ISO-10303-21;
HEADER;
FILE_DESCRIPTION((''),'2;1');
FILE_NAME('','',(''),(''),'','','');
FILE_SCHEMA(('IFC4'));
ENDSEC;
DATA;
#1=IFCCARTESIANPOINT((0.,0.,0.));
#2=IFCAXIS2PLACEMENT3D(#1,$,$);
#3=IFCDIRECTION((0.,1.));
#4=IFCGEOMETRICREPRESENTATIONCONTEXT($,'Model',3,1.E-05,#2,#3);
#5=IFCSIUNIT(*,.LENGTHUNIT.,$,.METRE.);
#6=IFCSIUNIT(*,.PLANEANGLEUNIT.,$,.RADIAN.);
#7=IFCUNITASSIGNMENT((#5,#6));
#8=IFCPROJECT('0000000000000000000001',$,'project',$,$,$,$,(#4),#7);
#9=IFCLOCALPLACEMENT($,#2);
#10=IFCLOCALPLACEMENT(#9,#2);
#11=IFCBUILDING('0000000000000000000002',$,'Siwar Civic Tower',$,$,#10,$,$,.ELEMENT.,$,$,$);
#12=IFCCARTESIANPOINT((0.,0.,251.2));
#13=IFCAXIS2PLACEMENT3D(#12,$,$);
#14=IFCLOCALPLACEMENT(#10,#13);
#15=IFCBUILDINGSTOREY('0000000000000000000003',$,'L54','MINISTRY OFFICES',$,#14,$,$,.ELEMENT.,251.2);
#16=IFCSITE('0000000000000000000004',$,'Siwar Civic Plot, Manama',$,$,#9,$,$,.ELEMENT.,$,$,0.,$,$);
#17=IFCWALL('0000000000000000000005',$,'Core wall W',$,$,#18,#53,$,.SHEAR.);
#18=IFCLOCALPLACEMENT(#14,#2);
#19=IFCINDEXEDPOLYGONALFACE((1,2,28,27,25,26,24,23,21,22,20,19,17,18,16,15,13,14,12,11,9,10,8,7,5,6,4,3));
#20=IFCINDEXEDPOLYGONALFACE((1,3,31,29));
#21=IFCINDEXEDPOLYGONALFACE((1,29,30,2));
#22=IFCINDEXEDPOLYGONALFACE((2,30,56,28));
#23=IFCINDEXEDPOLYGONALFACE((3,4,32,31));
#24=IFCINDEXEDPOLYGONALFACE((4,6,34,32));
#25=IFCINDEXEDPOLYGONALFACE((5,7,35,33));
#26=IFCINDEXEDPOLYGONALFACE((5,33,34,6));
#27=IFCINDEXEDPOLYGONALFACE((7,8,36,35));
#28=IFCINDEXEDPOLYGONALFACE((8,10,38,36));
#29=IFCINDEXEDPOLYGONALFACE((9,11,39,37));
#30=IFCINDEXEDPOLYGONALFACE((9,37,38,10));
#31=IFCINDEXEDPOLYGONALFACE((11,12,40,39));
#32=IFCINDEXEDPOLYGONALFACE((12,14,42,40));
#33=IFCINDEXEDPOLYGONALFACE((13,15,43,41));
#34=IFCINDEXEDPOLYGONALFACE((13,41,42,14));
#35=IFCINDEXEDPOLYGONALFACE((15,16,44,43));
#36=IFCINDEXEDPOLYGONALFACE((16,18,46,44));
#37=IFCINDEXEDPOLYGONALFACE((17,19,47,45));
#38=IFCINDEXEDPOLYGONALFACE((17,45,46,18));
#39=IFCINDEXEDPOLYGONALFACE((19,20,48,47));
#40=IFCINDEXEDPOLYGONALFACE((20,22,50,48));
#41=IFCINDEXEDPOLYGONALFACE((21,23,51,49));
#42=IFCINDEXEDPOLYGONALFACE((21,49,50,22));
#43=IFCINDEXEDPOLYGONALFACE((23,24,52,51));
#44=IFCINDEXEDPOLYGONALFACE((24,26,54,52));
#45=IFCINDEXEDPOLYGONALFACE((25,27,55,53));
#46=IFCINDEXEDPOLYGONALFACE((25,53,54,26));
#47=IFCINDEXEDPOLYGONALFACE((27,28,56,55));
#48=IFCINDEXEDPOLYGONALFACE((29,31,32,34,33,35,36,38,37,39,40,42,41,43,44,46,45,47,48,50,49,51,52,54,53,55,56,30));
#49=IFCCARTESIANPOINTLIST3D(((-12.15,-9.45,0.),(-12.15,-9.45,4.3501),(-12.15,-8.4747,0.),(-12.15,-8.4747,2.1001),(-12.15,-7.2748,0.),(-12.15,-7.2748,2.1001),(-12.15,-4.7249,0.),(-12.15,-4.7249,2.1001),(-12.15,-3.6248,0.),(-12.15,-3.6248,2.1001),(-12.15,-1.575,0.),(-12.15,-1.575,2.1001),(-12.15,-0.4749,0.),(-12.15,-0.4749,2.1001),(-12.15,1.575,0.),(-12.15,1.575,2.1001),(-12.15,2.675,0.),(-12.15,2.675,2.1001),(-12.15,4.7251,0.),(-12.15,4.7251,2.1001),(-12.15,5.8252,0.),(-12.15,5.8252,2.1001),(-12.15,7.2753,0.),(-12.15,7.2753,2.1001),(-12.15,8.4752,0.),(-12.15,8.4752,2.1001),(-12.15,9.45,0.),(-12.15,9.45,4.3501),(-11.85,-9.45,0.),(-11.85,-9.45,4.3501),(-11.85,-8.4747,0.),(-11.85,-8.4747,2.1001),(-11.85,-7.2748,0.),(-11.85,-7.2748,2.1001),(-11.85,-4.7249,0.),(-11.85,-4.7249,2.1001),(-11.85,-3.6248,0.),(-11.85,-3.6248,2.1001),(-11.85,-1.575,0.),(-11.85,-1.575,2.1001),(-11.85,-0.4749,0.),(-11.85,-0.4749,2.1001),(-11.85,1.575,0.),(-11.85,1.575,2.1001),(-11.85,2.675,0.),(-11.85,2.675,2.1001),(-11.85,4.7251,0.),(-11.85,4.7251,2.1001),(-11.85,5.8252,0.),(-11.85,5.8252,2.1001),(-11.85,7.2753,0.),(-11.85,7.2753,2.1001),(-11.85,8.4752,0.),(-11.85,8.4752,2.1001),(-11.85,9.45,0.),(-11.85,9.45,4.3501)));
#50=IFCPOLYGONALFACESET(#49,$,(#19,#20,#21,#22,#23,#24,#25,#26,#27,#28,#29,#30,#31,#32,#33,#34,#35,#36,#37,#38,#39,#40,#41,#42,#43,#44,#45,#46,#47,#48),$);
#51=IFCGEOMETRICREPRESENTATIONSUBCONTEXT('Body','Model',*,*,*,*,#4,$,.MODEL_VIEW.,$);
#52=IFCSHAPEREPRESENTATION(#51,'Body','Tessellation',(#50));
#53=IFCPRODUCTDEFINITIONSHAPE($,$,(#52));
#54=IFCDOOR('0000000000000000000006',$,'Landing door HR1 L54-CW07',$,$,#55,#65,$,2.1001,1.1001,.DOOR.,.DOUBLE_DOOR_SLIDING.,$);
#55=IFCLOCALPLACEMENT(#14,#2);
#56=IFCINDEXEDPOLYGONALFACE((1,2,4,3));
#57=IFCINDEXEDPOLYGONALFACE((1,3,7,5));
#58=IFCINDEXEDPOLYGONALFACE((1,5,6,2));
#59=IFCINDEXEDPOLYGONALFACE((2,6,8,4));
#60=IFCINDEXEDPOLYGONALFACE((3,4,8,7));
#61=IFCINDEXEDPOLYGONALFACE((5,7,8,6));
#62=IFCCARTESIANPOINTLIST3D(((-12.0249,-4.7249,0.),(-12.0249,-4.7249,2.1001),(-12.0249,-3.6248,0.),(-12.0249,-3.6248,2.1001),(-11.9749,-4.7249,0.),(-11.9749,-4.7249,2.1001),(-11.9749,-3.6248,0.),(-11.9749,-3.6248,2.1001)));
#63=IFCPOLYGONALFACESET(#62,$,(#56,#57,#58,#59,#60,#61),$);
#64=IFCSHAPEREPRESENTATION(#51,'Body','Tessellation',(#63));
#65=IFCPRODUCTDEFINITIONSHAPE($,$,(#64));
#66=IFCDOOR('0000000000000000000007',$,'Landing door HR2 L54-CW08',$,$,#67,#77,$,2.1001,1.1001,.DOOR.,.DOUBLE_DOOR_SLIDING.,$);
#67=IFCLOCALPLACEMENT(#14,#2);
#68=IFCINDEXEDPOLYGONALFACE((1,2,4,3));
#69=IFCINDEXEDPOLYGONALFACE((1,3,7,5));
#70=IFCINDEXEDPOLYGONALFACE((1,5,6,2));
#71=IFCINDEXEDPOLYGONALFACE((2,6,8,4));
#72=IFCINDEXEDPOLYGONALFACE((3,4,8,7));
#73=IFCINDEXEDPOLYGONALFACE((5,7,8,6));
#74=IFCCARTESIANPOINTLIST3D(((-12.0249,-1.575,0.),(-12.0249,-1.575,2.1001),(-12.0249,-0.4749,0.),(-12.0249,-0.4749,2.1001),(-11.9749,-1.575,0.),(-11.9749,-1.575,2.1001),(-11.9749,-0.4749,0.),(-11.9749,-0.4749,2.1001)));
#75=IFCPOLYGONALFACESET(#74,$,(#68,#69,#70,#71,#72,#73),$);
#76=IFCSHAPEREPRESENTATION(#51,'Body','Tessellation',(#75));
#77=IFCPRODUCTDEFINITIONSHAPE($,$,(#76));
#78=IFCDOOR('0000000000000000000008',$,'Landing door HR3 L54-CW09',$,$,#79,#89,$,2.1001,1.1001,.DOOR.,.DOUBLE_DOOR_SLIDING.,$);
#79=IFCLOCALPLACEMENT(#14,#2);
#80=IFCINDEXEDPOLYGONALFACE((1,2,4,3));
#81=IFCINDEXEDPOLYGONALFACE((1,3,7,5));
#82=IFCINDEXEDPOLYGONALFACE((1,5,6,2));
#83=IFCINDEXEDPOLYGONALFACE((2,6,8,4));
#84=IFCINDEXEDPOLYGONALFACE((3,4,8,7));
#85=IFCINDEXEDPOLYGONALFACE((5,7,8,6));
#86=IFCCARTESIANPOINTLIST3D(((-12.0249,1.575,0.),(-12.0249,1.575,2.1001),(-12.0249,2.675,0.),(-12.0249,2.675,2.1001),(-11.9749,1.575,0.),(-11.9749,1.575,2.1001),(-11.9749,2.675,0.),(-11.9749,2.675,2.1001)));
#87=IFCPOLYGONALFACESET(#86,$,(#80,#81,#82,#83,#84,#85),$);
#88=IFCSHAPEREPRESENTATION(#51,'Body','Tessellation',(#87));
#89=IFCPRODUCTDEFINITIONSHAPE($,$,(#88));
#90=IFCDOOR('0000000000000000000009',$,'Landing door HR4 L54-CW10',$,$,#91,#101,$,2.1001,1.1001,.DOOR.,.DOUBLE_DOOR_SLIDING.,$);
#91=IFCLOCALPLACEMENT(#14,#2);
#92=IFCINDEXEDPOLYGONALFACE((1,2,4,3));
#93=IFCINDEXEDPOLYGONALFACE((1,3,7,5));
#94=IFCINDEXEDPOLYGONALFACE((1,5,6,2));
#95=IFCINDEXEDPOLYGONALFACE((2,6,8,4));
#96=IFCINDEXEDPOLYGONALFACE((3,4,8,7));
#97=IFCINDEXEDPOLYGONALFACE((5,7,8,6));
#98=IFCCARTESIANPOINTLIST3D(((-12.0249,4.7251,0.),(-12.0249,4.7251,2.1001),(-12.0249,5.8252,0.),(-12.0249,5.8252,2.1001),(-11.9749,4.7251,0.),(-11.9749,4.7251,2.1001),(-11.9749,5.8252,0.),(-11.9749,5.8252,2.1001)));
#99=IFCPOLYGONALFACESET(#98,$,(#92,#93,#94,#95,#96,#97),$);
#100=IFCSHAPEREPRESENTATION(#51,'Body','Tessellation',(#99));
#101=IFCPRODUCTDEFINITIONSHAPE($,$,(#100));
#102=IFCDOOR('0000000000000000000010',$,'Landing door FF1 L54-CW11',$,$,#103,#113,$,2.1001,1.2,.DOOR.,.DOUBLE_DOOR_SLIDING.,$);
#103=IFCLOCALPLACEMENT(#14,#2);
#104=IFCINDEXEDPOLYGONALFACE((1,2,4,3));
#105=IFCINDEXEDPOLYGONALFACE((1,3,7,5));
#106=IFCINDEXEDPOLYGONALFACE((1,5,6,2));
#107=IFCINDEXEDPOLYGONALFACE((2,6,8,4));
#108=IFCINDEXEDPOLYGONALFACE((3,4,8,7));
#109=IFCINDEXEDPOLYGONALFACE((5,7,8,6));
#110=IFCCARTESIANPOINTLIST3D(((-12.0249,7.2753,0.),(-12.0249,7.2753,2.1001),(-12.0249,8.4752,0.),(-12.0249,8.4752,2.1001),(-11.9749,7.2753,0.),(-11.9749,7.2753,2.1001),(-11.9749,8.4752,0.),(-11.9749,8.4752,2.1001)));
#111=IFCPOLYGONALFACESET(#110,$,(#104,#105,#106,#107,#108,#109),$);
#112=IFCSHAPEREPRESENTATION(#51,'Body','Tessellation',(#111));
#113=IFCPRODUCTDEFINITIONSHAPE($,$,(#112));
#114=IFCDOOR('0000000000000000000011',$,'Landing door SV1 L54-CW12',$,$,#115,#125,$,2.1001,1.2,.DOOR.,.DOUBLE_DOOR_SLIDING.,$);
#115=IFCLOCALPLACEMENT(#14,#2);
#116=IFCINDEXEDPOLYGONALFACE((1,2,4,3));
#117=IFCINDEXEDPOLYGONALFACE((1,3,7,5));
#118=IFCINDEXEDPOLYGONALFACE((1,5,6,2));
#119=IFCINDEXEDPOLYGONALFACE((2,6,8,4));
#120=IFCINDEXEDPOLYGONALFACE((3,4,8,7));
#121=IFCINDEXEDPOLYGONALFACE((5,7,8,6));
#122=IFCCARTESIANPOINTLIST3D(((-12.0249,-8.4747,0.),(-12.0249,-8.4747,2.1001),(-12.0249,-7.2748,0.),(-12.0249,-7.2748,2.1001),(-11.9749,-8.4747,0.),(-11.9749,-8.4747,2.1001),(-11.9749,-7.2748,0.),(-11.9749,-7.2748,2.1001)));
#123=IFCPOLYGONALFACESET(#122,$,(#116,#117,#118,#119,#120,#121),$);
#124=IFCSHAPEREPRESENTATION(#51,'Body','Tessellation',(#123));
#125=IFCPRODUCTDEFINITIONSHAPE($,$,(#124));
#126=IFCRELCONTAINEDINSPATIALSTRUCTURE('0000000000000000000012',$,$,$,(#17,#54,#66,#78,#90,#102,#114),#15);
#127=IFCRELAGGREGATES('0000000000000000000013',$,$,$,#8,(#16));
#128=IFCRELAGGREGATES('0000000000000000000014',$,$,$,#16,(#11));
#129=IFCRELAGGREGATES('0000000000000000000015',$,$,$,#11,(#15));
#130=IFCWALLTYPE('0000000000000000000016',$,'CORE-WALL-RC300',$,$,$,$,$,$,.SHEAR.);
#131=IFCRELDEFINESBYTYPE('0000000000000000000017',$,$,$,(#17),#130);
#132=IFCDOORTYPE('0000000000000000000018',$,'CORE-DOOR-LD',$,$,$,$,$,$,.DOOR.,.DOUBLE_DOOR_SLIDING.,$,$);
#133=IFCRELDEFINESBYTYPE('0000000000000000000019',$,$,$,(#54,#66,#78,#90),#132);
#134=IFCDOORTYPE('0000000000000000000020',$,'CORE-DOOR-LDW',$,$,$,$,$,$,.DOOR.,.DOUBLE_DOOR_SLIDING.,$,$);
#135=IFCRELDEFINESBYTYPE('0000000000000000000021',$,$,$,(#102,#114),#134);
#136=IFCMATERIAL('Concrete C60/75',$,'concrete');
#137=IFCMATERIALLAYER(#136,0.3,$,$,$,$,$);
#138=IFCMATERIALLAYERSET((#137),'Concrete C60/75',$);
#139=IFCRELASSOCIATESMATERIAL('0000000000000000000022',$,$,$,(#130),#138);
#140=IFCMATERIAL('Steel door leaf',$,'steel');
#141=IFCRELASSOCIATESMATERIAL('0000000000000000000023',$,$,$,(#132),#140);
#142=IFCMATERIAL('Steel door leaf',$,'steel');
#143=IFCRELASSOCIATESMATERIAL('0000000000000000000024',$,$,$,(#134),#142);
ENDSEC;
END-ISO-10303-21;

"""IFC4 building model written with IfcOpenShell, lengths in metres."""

from ifc_helpers import new_model, si_unit, direction, frame, frame_2d, origin, place, context, subcontext, project, spatial, rectangle, extrude, material, layer, layer_set, type_object, element, fill, save


model = new_model("IFC4")

# Units and contexts
model_context = context("Model", 3, precision=1e-05, world=origin(), true_north=direction((0.0, 1.0)))
body_context = subcontext(model_context, "Body", "Model", "MODEL_VIEW")
ifc_project = project(units=[si_unit("LENGTHUNIT", "METRE"), si_unit("PLANEANGLEUNIT", "RADIAN")], contexts=[model_context])

# Site, building, storey
site_placement = place(None, origin())
site = spatial("IfcSite", under=ifc_project, at=site_placement, Name="Siwar Civic Plot, Manama", CompositionType="ELEMENT", RefElevation=0.0)
building_placement = place(site_placement, origin())
building = spatial("IfcBuilding", under=site, at=building_placement, Name="Siwar Civic Tower", CompositionType="ELEMENT")
storey_placement = place(building_placement, frame((0.0, 0.0, 251.2)))
storey = spatial("IfcBuildingStorey", under=building, at=storey_placement, Name="L54", Description="MINISTRY OFFICES", CompositionType="ELEMENT", Elevation=251.2)

# Wall, openings, doors
ifc_material_1 = material(Name="Concrete C60/75", Category="concrete")
ifc_layer_1 = layer(ifc_material_1, 0.3)
ifc_layer_set_1 = layer_set([ifc_layer_1], Name="Concrete C60/75")
wall_type_1 = type_object("IfcWallType", Name="CORE-WALL-RC300", PredefinedType="SHEAR", material=ifc_layer_set_1)
wall_1_placement = place(storey_placement, frame((-12.0, -9.45, 0.0), z_axis=(0.0, 0.0, 1.0), x_axis=(0.0, 1.0, 0.0)))
wall_1 = element("IfcWall", 1, at=wall_1_placement, inside=storey, type_object=wall_type_1, Name="Core wall W", PredefinedType="SHEAR", context=body_context, shape_type="SweptSolid", body=[
    extrude(rectangle(XDim=18.8999, YDim=0.3, at=frame_2d((9.45, 0.0))), origin(), (0.0, 0.0, 1.0), 4.3501),
])
opening_1_placement = place(wall_1_placement, frame((4.7251, 0.0, 0.0)))
opening_1 = element("IfcOpeningElement", 2, at=opening_1_placement, cuts=wall_1, PredefinedType="OPENING", context=body_context, shape_type="SweptSolid", body=[
    extrude(rectangle(XDim=1.1001, YDim=2.1001, at=frame_2d((0.55, 1.05))), frame((0.0, 0.1602, 0.0), z_axis=(0.0, -1.0, 0.0), x_axis=(1.0, 0.0, 0.0)), (0.0, 0.0, 1.0), 0.3201),
])
opening_2_placement = place(wall_1_placement, frame((7.875, 0.0, 0.0)))
opening_2 = element("IfcOpeningElement", 3, at=opening_2_placement, cuts=wall_1, PredefinedType="OPENING", context=body_context, shape_type="SweptSolid", body=[
    extrude(rectangle(XDim=1.1001, YDim=2.1001, at=frame_2d((0.55, 1.05))), frame((0.0, 0.1602, 0.0), z_axis=(0.0, -1.0, 0.0), x_axis=(1.0, 0.0, 0.0)), (0.0, 0.0, 1.0), 0.3201),
])
opening_3_placement = place(wall_1_placement, frame((11.0249, 0.0, 0.0)))
opening_3 = element("IfcOpeningElement", 4, at=opening_3_placement, cuts=wall_1, PredefinedType="OPENING", context=body_context, shape_type="SweptSolid", body=[
    extrude(rectangle(XDim=1.1001, YDim=2.1001, at=frame_2d((0.55, 1.05))), frame((0.0, 0.1602, 0.0), z_axis=(0.0, -1.0, 0.0), x_axis=(1.0, 0.0, 0.0)), (0.0, 0.0, 1.0), 0.3201),
])
opening_4_placement = place(wall_1_placement, frame((14.175, 0.0, 0.0)))
opening_4 = element("IfcOpeningElement", 5, at=opening_4_placement, cuts=wall_1, PredefinedType="OPENING", context=body_context, shape_type="SweptSolid", body=[
    extrude(rectangle(XDim=1.1001, YDim=2.1001, at=frame_2d((0.55, 1.05))), frame((0.0, 0.1602, 0.0), z_axis=(0.0, -1.0, 0.0), x_axis=(1.0, 0.0, 0.0)), (0.0, 0.0, 1.0), 0.3201),
])
opening_5_placement = place(wall_1_placement, frame((16.7251, 0.0, 0.0)))
opening_5 = element("IfcOpeningElement", 6, at=opening_5_placement, cuts=wall_1, PredefinedType="OPENING", context=body_context, shape_type="SweptSolid", body=[
    extrude(rectangle(XDim=1.2, YDim=2.1001, at=frame_2d((0.6001, 1.05))), frame((0.0, 0.1602, 0.0), z_axis=(0.0, -1.0, 0.0), x_axis=(1.0, 0.0, 0.0)), (0.0, 0.0, 1.0), 0.3201),
])
opening_6_placement = place(wall_1_placement, frame((0.9751, 0.0, 0.0)))
opening_6 = element("IfcOpeningElement", 7, at=opening_6_placement, cuts=wall_1, PredefinedType="OPENING", context=body_context, shape_type="SweptSolid", body=[
    extrude(rectangle(XDim=1.2, YDim=2.1001, at=frame_2d((0.6001, 1.05))), frame((0.0, 0.1602, 0.0), z_axis=(0.0, -1.0, 0.0), x_axis=(1.0, 0.0, 0.0)), (0.0, 0.0, 1.0), 0.3201),
])
ifc_material_2 = material(Name="Steel door leaf", Category="steel")
door_type_1 = type_object("IfcDoorType", Name="CORE-DOOR-LD", OperationType="DOUBLE_DOOR_SLIDING", PredefinedType="DOOR", material=ifc_material_2)
door_1_placement = place(opening_1_placement, origin())
door_1 = element("IfcDoor", 8, at=door_1_placement, inside=storey, type_object=door_type_1, Name="Landing door HR1 L54-CW07", OperationType="DOUBLE_DOOR_SLIDING", OverallHeight=2.1001, OverallWidth=1.1001, PredefinedType="DOOR", context=body_context, shape_type="SweptSolid", body=[
    extrude(rectangle(XDim=1.1001, YDim=2.1001, at=frame_2d((0.55, 1.05))), frame((0.0, 0.0249, 0.0), z_axis=(0.0, -1.0, 0.0), x_axis=(1.0, 0.0, 0.0)), (0.0, 0.0, 1.0), 0.05),
])
fill(opening_1, door_1)
door_2_placement = place(opening_2_placement, origin())
door_2 = element("IfcDoor", 9, at=door_2_placement, inside=storey, type_object=door_type_1, Name="Landing door HR2 L54-CW08", OperationType="DOUBLE_DOOR_SLIDING", OverallHeight=2.1001, OverallWidth=1.1001, PredefinedType="DOOR", context=body_context, shape_type="SweptSolid", body=[
    extrude(rectangle(XDim=1.1001, YDim=2.1001, at=frame_2d((0.55, 1.05))), frame((0.0, 0.0249, 0.0), z_axis=(0.0, -1.0, 0.0), x_axis=(1.0, 0.0, 0.0)), (0.0, 0.0, 1.0), 0.05),
])
fill(opening_2, door_2)
door_3_placement = place(opening_3_placement, origin())
door_3 = element("IfcDoor", 10, at=door_3_placement, inside=storey, type_object=door_type_1, Name="Landing door HR3 L54-CW09", OperationType="DOUBLE_DOOR_SLIDING", OverallHeight=2.1001, OverallWidth=1.1001, PredefinedType="DOOR", context=body_context, shape_type="SweptSolid", body=[
    extrude(rectangle(XDim=1.1001, YDim=2.1001, at=frame_2d((0.55, 1.05))), frame((0.0, 0.0249, 0.0), z_axis=(0.0, -1.0, 0.0), x_axis=(1.0, 0.0, 0.0)), (0.0, 0.0, 1.0), 0.05),
])
fill(opening_3, door_3)
door_4_placement = place(opening_4_placement, origin())
door_4 = element("IfcDoor", 11, at=door_4_placement, inside=storey, type_object=door_type_1, Name="Landing door HR4 L54-CW10", OperationType="DOUBLE_DOOR_SLIDING", OverallHeight=2.1001, OverallWidth=1.1001, PredefinedType="DOOR", context=body_context, shape_type="SweptSolid", body=[
    extrude(rectangle(XDim=1.1001, YDim=2.1001, at=frame_2d((0.55, 1.05))), frame((0.0, 0.0249, 0.0), z_axis=(0.0, -1.0, 0.0), x_axis=(1.0, 0.0, 0.0)), (0.0, 0.0, 1.0), 0.05),
])
fill(opening_4, door_4)
ifc_material_3 = material(Name="Steel door leaf", Category="steel")
door_type_2 = type_object("IfcDoorType", Name="CORE-DOOR-LDW", OperationType="DOUBLE_DOOR_SLIDING", PredefinedType="DOOR", material=ifc_material_3)
door_5_placement = place(opening_5_placement, origin())
door_5 = element("IfcDoor", 12, at=door_5_placement, inside=storey, type_object=door_type_2, Name="Landing door FF1 L54-CW11", OperationType="DOUBLE_DOOR_SLIDING", OverallHeight=2.1001, OverallWidth=1.2, PredefinedType="DOOR", context=body_context, shape_type="SweptSolid", body=[
    extrude(rectangle(XDim=1.2, YDim=2.1001, at=frame_2d((0.6001, 1.05))), frame((0.0, 0.0249, 0.0), z_axis=(0.0, -1.0, 0.0), x_axis=(1.0, 0.0, 0.0)), (0.0, 0.0, 1.0), 0.05),
])
fill(opening_5, door_5)
door_6_placement = place(opening_6_placement, origin())
door_6 = element("IfcDoor", 13, at=door_6_placement, inside=storey, type_object=door_type_2, Name="Landing door SV1 L54-CW12", OperationType="DOUBLE_DOOR_SLIDING", OverallHeight=2.1001, OverallWidth=1.2, PredefinedType="DOOR", context=body_context, shape_type="SweptSolid", body=[
    extrude(rectangle(XDim=1.2, YDim=2.1001, at=frame_2d((0.6001, 1.05))), frame((0.0, 0.0249, 0.0), z_axis=(0.0, -1.0, 0.0), x_axis=(1.0, 0.0, 0.0)), (0.0, 0.0, 1.0), 0.05),
])
fill(opening_6, door_6)

save(model, "model.ifc")
